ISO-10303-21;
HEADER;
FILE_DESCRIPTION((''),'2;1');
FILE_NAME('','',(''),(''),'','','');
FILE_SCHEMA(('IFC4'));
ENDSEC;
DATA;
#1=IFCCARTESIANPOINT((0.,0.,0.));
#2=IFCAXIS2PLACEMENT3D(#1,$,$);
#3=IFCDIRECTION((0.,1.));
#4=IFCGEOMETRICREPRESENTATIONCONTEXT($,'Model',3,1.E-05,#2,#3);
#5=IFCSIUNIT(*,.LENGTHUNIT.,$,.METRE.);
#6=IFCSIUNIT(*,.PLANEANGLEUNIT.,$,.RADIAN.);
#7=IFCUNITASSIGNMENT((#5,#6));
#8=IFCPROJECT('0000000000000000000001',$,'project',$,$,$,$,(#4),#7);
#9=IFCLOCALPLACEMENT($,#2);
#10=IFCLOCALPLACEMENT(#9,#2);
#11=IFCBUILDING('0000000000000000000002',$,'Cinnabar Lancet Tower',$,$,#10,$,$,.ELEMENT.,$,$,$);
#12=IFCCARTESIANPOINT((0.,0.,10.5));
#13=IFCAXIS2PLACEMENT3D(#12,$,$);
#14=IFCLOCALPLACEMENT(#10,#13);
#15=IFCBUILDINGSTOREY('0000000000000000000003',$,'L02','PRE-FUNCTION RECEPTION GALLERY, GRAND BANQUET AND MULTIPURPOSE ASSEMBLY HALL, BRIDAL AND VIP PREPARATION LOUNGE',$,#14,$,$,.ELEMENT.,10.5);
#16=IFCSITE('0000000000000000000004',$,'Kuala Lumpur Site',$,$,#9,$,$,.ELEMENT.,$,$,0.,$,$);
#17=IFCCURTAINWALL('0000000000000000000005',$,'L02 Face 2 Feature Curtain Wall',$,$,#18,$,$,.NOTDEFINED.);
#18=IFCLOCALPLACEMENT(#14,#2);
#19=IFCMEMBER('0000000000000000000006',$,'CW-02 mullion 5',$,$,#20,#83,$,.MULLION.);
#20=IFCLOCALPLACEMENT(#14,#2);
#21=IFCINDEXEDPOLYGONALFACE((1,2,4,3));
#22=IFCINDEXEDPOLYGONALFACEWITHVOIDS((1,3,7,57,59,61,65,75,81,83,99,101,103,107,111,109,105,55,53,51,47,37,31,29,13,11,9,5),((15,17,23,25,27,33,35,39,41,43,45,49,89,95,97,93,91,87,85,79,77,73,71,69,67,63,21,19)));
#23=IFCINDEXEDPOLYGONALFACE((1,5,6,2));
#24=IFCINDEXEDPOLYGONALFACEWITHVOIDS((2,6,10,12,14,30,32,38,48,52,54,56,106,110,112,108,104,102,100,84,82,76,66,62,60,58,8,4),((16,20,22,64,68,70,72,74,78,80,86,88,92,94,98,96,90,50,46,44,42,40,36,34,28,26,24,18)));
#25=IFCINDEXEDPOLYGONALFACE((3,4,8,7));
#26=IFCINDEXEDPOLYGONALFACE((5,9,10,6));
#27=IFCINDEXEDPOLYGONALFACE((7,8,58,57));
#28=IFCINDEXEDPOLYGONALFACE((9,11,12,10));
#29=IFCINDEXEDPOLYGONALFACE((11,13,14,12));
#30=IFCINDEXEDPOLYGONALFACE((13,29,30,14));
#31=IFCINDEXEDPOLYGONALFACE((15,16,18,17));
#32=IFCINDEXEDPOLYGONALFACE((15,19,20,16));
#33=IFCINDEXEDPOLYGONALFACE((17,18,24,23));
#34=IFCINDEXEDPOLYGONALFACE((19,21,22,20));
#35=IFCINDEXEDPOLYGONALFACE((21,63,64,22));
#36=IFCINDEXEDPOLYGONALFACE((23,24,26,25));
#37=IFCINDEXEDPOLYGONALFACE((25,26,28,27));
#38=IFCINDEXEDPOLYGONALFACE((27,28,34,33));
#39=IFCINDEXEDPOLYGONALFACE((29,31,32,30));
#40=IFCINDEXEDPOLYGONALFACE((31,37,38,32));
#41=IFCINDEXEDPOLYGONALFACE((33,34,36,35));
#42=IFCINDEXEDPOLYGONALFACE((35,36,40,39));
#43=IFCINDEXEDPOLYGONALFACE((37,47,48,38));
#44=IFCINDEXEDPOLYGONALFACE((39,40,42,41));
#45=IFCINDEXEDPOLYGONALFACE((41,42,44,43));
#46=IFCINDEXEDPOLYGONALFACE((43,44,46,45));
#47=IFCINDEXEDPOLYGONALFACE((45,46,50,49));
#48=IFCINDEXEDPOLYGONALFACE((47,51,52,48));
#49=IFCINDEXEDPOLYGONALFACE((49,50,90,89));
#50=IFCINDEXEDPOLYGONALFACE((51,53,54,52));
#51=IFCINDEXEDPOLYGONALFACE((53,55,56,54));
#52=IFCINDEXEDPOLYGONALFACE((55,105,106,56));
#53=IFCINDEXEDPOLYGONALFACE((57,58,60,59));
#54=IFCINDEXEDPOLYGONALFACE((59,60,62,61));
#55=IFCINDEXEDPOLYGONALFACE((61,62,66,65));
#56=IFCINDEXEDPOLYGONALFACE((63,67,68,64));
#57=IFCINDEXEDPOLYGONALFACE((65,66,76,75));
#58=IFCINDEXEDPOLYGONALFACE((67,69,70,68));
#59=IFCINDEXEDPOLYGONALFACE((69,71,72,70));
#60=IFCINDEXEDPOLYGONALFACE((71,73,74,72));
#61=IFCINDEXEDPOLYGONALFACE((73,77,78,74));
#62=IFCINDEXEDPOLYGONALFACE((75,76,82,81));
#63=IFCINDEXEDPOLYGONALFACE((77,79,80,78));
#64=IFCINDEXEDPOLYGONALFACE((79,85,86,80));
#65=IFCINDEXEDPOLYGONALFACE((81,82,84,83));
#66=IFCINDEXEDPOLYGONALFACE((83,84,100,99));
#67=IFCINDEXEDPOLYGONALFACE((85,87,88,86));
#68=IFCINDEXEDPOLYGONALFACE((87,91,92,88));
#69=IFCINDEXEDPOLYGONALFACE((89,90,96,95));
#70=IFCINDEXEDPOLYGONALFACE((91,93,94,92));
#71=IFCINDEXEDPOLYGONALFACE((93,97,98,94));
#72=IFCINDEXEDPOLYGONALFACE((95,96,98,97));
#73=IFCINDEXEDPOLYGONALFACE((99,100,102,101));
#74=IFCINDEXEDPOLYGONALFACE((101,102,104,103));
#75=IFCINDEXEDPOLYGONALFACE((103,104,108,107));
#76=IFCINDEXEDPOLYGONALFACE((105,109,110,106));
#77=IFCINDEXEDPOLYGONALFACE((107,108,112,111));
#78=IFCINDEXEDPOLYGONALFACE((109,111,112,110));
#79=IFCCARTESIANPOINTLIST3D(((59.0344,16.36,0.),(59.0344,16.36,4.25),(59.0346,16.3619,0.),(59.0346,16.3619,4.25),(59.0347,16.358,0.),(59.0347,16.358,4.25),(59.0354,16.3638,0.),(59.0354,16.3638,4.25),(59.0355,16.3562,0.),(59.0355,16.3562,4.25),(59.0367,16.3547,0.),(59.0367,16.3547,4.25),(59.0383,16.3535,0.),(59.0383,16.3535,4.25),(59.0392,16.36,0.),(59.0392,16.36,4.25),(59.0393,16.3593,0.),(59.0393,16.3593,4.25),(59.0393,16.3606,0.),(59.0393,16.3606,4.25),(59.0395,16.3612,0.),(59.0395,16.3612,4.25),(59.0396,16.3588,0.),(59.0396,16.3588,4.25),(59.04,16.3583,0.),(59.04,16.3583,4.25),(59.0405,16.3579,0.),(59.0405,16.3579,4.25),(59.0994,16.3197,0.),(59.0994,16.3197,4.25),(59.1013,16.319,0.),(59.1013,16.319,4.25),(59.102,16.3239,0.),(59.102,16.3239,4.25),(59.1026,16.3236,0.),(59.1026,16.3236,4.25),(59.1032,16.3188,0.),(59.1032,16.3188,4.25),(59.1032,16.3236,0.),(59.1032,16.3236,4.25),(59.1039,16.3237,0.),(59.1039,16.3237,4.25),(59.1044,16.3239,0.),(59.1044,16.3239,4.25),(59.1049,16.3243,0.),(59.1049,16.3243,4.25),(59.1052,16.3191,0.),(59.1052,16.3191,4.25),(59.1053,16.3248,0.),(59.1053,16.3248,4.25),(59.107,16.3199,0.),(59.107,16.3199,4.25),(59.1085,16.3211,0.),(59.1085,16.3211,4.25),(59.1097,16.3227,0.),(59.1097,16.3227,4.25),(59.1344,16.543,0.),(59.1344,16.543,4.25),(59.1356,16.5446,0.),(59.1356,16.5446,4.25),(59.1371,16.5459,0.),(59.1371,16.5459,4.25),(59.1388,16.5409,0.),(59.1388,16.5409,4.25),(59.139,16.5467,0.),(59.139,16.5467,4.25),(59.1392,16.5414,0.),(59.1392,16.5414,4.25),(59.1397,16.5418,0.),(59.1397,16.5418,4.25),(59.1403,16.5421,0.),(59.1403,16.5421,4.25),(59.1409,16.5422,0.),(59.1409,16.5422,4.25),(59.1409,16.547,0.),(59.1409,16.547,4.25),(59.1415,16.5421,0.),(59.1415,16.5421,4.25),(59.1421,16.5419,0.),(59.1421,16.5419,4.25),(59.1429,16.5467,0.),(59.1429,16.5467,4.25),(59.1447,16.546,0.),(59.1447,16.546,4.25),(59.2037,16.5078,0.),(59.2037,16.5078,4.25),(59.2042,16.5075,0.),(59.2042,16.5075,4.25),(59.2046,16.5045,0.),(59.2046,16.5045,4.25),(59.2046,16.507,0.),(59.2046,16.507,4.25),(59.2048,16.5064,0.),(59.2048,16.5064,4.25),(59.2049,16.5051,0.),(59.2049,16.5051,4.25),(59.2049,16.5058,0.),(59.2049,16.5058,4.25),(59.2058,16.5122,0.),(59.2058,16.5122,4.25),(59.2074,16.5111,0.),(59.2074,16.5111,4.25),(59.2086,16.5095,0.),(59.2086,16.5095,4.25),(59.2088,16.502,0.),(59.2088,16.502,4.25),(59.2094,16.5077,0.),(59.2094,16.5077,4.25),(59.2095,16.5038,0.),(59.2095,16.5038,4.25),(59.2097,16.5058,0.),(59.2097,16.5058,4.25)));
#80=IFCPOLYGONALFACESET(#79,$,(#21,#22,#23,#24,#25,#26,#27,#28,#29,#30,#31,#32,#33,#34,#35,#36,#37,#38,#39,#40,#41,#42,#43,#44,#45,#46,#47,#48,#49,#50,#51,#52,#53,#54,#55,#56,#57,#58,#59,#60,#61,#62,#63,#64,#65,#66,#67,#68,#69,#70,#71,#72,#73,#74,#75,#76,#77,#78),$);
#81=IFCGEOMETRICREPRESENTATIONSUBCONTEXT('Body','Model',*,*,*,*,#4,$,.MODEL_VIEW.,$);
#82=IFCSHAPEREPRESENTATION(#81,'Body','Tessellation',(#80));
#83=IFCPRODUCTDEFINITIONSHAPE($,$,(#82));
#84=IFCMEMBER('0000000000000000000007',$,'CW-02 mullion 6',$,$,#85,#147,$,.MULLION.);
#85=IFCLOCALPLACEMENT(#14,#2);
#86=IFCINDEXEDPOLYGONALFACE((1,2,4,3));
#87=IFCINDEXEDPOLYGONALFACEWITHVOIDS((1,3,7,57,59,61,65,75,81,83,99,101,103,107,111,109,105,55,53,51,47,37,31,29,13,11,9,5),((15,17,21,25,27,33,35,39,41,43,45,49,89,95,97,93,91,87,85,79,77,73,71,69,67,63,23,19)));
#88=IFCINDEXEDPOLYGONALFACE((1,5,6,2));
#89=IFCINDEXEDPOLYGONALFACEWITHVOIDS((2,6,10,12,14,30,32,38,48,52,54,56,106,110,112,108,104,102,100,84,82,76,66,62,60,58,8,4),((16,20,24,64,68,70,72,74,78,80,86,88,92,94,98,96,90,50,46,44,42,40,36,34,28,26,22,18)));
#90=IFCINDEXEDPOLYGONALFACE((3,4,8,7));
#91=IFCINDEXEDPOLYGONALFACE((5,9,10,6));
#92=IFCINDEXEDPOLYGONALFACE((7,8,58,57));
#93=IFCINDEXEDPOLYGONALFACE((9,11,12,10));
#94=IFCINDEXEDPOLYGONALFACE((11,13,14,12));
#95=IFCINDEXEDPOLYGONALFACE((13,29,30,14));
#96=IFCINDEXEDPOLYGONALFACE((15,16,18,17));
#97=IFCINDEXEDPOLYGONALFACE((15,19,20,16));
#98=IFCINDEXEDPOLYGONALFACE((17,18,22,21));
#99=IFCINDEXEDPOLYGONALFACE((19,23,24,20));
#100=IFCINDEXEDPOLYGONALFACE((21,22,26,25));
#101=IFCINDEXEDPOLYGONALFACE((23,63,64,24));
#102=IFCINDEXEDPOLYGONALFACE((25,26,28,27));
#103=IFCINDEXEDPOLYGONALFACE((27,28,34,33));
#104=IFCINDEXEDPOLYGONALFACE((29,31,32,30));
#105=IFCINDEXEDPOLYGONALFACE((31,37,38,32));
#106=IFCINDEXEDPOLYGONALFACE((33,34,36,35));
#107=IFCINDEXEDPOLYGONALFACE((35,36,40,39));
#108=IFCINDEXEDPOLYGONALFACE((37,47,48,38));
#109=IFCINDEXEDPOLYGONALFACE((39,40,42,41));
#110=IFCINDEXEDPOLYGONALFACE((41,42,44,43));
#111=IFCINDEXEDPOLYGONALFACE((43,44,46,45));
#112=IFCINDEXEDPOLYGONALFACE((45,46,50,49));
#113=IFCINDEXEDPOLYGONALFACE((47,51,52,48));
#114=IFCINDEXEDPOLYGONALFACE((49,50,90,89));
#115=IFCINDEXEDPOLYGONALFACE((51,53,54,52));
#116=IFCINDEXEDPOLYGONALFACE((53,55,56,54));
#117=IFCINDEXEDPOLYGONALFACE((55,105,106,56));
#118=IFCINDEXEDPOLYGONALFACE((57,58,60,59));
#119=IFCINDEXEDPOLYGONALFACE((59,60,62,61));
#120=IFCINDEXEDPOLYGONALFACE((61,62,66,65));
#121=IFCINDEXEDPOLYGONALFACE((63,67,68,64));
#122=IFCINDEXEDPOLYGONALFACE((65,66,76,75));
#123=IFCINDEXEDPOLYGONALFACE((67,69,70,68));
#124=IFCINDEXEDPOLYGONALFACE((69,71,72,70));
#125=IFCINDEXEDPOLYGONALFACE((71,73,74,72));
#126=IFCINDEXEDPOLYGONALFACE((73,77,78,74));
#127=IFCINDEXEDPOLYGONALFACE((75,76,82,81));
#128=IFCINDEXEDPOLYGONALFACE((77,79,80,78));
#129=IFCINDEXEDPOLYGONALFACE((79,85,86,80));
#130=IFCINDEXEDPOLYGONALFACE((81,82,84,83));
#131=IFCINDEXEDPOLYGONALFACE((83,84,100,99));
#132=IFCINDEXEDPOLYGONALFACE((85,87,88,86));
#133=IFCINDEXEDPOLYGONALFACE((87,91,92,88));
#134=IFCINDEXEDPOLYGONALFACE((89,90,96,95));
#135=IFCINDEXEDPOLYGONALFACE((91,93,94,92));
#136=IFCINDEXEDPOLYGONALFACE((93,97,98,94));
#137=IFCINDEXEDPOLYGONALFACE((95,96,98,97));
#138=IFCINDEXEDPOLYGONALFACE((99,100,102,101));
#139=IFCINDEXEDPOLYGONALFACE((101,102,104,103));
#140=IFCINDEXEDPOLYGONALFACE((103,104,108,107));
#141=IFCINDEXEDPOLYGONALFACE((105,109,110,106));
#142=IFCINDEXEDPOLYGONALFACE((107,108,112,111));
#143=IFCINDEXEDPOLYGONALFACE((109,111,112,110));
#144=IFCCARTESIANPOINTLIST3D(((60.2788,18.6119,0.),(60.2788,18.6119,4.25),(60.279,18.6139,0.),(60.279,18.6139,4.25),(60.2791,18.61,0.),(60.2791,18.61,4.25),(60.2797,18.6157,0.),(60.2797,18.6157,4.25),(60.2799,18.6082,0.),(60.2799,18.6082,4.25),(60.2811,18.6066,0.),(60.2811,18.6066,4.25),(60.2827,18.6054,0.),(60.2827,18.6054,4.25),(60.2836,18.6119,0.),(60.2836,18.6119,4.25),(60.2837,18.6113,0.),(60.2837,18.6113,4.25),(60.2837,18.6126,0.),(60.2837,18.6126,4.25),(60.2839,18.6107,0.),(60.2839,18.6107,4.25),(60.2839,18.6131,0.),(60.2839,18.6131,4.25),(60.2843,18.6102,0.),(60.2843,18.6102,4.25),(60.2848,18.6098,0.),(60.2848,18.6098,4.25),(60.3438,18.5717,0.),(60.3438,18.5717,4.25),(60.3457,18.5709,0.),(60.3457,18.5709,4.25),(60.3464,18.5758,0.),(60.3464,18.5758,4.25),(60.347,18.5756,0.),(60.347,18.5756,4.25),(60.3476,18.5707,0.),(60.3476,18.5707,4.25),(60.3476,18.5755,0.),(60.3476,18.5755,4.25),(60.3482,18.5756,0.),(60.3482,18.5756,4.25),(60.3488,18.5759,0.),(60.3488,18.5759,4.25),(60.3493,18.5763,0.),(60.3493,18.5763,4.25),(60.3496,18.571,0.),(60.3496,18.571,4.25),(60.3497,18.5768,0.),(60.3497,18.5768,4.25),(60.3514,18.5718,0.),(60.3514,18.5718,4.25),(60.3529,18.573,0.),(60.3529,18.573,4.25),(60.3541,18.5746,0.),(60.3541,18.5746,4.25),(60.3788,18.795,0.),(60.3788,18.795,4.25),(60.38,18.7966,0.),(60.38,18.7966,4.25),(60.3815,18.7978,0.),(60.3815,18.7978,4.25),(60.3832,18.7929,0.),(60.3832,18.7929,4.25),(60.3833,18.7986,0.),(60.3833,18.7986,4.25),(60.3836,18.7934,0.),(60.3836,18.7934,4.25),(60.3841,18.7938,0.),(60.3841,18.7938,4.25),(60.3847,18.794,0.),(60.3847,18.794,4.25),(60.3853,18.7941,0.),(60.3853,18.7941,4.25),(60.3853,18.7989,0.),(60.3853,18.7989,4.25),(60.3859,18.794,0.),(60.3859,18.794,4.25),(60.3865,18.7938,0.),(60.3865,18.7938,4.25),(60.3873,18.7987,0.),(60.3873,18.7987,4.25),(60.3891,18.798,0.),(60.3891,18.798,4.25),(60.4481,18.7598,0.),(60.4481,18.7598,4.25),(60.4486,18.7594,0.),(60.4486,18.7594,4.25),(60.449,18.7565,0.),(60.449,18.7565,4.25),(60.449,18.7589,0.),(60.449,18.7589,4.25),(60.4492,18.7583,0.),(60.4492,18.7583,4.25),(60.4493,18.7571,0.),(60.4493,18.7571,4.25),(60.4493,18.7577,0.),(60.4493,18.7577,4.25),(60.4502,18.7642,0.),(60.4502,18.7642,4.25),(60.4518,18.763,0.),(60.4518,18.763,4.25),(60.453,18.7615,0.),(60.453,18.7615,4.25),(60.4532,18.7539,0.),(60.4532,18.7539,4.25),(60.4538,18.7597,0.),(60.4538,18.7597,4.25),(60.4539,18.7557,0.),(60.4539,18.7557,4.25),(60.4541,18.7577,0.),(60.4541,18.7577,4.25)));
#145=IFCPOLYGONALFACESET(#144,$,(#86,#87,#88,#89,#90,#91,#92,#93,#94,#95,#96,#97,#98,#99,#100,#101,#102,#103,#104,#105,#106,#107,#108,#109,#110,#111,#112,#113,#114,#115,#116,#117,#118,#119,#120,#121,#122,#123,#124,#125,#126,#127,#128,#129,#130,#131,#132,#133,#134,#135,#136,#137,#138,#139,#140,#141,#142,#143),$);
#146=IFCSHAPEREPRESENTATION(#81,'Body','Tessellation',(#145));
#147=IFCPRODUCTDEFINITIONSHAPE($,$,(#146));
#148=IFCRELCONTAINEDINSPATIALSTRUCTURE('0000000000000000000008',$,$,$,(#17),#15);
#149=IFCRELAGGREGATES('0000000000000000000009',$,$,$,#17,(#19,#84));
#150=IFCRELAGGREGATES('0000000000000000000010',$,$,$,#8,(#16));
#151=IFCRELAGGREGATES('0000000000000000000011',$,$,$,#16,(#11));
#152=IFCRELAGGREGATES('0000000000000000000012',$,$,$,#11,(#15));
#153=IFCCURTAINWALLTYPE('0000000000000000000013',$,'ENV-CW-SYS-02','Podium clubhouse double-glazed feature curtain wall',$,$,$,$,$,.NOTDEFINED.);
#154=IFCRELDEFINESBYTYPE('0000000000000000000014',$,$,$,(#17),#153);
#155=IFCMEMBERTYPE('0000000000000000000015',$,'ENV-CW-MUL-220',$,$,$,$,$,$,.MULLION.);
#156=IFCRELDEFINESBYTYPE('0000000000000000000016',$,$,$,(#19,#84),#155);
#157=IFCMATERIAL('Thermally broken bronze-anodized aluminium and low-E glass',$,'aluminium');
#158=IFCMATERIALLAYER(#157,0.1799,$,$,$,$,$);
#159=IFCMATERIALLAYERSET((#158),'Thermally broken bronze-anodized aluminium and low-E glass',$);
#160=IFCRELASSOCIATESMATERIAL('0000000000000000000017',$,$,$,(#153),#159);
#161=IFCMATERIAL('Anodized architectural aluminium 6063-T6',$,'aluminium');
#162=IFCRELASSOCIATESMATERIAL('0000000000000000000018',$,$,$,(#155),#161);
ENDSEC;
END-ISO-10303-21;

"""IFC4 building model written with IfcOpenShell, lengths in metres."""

from ifc_helpers import new_model, si_unit, direction, frame, origin, origin_2d, place, context, subcontext, project, spatial, hollow_rectangle, extrude, material, layer, layer_set, material_profile, profile_set, type_object, element, aggregate, save


model = new_model("IFC4")

# Units and contexts
model_context = context("Model", 3, precision=1e-05, world=origin(), true_north=direction((0.0, 1.0)))
body_context = subcontext(model_context, "Body", "Model", "MODEL_VIEW")
ifc_project = project(units=[si_unit("LENGTHUNIT", "METRE"), si_unit("PLANEANGLEUNIT", "RADIAN")], contexts=[model_context])

# Site, building, storey
site_placement = place(None, origin())
site = spatial("IfcSite", under=ifc_project, at=site_placement, Name="Kuala Lumpur Site", CompositionType="ELEMENT", RefElevation=0.0)
building_placement = place(site_placement, origin())
building = spatial("IfcBuilding", under=site, at=building_placement, Name="Cinnabar Lancet Tower", CompositionType="ELEMENT")
storey_placement = place(building_placement, frame((0.0, 0.0, 10.5)))
storey = spatial("IfcBuildingStorey", under=building, at=storey_placement, Name="L02", Description="PRE-FUNCTION RECEPTION GALLERY, GRAND BANQUET AND MULTIPURPOSE ASSEMBLY HALL, BRIDAL AND VIP PREPARATION LOUNGE", CompositionType="ELEMENT", Elevation=10.5)

# Curtain wall, members
ifc_material_1 = material(Name="Thermally broken bronze-anodized aluminium and low-E glass", Category="aluminium")
ifc_layer_1 = layer(ifc_material_1, 0.1799)
ifc_layer_set_1 = layer_set([ifc_layer_1], Name="Thermally broken bronze-anodized aluminium and low-E glass")
curtain_wall_type = type_object("IfcCurtainWallType", Name="ENV-CW-SYS-02", Description="Podium clubhouse double-glazed feature curtain wall", PredefinedType="NOTDEFINED", material=ifc_layer_set_1)
curtain_wall_placement = place(storey_placement, origin())
curtain_wall = element("IfcCurtainWall", 1, at=curtain_wall_placement, inside=storey, type_object=curtain_wall_type, Name="L02 Face 2 Feature Curtain Wall", PredefinedType="NOTDEFINED")
ifc_material_2 = material(Name="Anodized architectural aluminium 6063-T6", Category="aluminium")
ifc_material_profile_1 = material_profile(ifc_material_2, hollow_rectangle(XDim=0.085, YDim=0.22, WallThickness=0.0049, InnerFilletRadius=0.0024, OuterFilletRadius=0.0076, at=origin_2d()), Name="CW-MUL 220x85x5")
ifc_profile_set_1 = profile_set([ifc_material_profile_1], Name="Anodized architectural aluminium 6063-T6")
member_type_1 = type_object("IfcMemberType", Name="ENV-CW-MUL-220", PredefinedType="MULLION", material=ifc_profile_set_1)
member_1_placement = place(storey_placement, frame((59.1221, 16.4329, 0.0), z_axis=(0.0, 0.0, 1.0), x_axis=(-0.875242, 0.483685, 0.0)))
member_1 = element("IfcMember", 2, at=member_1_placement, type_object=member_type_1, Name="CW-02 mullion 5", PredefinedType="MULLION", context=body_context, shape_type="SweptSolid", body=[
    extrude(hollow_rectangle(XDim=0.085, YDim=0.22, WallThickness=0.0049, InnerFilletRadius=0.0024, OuterFilletRadius=0.0076, at=origin_2d()), origin(), (0.0, 0.0, 1.0), 4.25),
])
member_2_placement = place(storey_placement, frame((60.3665, 18.6848, 0.0), z_axis=(0.0, 0.0, 1.0), x_axis=(-0.875242, 0.483685, 0.0)))
member_2 = element("IfcMember", 3, at=member_2_placement, type_object=member_type_1, Name="CW-02 mullion 6", PredefinedType="MULLION", context=body_context, shape_type="SweptSolid", body=[
    extrude(hollow_rectangle(XDim=0.085, YDim=0.22, WallThickness=0.0049, InnerFilletRadius=0.0024, OuterFilletRadius=0.0076, at=origin_2d()), origin(), (0.0, 0.0, 1.0), 4.25),
])

aggregate(curtain_wall, [member_1, member_2])

save(model, "model.ifc")
